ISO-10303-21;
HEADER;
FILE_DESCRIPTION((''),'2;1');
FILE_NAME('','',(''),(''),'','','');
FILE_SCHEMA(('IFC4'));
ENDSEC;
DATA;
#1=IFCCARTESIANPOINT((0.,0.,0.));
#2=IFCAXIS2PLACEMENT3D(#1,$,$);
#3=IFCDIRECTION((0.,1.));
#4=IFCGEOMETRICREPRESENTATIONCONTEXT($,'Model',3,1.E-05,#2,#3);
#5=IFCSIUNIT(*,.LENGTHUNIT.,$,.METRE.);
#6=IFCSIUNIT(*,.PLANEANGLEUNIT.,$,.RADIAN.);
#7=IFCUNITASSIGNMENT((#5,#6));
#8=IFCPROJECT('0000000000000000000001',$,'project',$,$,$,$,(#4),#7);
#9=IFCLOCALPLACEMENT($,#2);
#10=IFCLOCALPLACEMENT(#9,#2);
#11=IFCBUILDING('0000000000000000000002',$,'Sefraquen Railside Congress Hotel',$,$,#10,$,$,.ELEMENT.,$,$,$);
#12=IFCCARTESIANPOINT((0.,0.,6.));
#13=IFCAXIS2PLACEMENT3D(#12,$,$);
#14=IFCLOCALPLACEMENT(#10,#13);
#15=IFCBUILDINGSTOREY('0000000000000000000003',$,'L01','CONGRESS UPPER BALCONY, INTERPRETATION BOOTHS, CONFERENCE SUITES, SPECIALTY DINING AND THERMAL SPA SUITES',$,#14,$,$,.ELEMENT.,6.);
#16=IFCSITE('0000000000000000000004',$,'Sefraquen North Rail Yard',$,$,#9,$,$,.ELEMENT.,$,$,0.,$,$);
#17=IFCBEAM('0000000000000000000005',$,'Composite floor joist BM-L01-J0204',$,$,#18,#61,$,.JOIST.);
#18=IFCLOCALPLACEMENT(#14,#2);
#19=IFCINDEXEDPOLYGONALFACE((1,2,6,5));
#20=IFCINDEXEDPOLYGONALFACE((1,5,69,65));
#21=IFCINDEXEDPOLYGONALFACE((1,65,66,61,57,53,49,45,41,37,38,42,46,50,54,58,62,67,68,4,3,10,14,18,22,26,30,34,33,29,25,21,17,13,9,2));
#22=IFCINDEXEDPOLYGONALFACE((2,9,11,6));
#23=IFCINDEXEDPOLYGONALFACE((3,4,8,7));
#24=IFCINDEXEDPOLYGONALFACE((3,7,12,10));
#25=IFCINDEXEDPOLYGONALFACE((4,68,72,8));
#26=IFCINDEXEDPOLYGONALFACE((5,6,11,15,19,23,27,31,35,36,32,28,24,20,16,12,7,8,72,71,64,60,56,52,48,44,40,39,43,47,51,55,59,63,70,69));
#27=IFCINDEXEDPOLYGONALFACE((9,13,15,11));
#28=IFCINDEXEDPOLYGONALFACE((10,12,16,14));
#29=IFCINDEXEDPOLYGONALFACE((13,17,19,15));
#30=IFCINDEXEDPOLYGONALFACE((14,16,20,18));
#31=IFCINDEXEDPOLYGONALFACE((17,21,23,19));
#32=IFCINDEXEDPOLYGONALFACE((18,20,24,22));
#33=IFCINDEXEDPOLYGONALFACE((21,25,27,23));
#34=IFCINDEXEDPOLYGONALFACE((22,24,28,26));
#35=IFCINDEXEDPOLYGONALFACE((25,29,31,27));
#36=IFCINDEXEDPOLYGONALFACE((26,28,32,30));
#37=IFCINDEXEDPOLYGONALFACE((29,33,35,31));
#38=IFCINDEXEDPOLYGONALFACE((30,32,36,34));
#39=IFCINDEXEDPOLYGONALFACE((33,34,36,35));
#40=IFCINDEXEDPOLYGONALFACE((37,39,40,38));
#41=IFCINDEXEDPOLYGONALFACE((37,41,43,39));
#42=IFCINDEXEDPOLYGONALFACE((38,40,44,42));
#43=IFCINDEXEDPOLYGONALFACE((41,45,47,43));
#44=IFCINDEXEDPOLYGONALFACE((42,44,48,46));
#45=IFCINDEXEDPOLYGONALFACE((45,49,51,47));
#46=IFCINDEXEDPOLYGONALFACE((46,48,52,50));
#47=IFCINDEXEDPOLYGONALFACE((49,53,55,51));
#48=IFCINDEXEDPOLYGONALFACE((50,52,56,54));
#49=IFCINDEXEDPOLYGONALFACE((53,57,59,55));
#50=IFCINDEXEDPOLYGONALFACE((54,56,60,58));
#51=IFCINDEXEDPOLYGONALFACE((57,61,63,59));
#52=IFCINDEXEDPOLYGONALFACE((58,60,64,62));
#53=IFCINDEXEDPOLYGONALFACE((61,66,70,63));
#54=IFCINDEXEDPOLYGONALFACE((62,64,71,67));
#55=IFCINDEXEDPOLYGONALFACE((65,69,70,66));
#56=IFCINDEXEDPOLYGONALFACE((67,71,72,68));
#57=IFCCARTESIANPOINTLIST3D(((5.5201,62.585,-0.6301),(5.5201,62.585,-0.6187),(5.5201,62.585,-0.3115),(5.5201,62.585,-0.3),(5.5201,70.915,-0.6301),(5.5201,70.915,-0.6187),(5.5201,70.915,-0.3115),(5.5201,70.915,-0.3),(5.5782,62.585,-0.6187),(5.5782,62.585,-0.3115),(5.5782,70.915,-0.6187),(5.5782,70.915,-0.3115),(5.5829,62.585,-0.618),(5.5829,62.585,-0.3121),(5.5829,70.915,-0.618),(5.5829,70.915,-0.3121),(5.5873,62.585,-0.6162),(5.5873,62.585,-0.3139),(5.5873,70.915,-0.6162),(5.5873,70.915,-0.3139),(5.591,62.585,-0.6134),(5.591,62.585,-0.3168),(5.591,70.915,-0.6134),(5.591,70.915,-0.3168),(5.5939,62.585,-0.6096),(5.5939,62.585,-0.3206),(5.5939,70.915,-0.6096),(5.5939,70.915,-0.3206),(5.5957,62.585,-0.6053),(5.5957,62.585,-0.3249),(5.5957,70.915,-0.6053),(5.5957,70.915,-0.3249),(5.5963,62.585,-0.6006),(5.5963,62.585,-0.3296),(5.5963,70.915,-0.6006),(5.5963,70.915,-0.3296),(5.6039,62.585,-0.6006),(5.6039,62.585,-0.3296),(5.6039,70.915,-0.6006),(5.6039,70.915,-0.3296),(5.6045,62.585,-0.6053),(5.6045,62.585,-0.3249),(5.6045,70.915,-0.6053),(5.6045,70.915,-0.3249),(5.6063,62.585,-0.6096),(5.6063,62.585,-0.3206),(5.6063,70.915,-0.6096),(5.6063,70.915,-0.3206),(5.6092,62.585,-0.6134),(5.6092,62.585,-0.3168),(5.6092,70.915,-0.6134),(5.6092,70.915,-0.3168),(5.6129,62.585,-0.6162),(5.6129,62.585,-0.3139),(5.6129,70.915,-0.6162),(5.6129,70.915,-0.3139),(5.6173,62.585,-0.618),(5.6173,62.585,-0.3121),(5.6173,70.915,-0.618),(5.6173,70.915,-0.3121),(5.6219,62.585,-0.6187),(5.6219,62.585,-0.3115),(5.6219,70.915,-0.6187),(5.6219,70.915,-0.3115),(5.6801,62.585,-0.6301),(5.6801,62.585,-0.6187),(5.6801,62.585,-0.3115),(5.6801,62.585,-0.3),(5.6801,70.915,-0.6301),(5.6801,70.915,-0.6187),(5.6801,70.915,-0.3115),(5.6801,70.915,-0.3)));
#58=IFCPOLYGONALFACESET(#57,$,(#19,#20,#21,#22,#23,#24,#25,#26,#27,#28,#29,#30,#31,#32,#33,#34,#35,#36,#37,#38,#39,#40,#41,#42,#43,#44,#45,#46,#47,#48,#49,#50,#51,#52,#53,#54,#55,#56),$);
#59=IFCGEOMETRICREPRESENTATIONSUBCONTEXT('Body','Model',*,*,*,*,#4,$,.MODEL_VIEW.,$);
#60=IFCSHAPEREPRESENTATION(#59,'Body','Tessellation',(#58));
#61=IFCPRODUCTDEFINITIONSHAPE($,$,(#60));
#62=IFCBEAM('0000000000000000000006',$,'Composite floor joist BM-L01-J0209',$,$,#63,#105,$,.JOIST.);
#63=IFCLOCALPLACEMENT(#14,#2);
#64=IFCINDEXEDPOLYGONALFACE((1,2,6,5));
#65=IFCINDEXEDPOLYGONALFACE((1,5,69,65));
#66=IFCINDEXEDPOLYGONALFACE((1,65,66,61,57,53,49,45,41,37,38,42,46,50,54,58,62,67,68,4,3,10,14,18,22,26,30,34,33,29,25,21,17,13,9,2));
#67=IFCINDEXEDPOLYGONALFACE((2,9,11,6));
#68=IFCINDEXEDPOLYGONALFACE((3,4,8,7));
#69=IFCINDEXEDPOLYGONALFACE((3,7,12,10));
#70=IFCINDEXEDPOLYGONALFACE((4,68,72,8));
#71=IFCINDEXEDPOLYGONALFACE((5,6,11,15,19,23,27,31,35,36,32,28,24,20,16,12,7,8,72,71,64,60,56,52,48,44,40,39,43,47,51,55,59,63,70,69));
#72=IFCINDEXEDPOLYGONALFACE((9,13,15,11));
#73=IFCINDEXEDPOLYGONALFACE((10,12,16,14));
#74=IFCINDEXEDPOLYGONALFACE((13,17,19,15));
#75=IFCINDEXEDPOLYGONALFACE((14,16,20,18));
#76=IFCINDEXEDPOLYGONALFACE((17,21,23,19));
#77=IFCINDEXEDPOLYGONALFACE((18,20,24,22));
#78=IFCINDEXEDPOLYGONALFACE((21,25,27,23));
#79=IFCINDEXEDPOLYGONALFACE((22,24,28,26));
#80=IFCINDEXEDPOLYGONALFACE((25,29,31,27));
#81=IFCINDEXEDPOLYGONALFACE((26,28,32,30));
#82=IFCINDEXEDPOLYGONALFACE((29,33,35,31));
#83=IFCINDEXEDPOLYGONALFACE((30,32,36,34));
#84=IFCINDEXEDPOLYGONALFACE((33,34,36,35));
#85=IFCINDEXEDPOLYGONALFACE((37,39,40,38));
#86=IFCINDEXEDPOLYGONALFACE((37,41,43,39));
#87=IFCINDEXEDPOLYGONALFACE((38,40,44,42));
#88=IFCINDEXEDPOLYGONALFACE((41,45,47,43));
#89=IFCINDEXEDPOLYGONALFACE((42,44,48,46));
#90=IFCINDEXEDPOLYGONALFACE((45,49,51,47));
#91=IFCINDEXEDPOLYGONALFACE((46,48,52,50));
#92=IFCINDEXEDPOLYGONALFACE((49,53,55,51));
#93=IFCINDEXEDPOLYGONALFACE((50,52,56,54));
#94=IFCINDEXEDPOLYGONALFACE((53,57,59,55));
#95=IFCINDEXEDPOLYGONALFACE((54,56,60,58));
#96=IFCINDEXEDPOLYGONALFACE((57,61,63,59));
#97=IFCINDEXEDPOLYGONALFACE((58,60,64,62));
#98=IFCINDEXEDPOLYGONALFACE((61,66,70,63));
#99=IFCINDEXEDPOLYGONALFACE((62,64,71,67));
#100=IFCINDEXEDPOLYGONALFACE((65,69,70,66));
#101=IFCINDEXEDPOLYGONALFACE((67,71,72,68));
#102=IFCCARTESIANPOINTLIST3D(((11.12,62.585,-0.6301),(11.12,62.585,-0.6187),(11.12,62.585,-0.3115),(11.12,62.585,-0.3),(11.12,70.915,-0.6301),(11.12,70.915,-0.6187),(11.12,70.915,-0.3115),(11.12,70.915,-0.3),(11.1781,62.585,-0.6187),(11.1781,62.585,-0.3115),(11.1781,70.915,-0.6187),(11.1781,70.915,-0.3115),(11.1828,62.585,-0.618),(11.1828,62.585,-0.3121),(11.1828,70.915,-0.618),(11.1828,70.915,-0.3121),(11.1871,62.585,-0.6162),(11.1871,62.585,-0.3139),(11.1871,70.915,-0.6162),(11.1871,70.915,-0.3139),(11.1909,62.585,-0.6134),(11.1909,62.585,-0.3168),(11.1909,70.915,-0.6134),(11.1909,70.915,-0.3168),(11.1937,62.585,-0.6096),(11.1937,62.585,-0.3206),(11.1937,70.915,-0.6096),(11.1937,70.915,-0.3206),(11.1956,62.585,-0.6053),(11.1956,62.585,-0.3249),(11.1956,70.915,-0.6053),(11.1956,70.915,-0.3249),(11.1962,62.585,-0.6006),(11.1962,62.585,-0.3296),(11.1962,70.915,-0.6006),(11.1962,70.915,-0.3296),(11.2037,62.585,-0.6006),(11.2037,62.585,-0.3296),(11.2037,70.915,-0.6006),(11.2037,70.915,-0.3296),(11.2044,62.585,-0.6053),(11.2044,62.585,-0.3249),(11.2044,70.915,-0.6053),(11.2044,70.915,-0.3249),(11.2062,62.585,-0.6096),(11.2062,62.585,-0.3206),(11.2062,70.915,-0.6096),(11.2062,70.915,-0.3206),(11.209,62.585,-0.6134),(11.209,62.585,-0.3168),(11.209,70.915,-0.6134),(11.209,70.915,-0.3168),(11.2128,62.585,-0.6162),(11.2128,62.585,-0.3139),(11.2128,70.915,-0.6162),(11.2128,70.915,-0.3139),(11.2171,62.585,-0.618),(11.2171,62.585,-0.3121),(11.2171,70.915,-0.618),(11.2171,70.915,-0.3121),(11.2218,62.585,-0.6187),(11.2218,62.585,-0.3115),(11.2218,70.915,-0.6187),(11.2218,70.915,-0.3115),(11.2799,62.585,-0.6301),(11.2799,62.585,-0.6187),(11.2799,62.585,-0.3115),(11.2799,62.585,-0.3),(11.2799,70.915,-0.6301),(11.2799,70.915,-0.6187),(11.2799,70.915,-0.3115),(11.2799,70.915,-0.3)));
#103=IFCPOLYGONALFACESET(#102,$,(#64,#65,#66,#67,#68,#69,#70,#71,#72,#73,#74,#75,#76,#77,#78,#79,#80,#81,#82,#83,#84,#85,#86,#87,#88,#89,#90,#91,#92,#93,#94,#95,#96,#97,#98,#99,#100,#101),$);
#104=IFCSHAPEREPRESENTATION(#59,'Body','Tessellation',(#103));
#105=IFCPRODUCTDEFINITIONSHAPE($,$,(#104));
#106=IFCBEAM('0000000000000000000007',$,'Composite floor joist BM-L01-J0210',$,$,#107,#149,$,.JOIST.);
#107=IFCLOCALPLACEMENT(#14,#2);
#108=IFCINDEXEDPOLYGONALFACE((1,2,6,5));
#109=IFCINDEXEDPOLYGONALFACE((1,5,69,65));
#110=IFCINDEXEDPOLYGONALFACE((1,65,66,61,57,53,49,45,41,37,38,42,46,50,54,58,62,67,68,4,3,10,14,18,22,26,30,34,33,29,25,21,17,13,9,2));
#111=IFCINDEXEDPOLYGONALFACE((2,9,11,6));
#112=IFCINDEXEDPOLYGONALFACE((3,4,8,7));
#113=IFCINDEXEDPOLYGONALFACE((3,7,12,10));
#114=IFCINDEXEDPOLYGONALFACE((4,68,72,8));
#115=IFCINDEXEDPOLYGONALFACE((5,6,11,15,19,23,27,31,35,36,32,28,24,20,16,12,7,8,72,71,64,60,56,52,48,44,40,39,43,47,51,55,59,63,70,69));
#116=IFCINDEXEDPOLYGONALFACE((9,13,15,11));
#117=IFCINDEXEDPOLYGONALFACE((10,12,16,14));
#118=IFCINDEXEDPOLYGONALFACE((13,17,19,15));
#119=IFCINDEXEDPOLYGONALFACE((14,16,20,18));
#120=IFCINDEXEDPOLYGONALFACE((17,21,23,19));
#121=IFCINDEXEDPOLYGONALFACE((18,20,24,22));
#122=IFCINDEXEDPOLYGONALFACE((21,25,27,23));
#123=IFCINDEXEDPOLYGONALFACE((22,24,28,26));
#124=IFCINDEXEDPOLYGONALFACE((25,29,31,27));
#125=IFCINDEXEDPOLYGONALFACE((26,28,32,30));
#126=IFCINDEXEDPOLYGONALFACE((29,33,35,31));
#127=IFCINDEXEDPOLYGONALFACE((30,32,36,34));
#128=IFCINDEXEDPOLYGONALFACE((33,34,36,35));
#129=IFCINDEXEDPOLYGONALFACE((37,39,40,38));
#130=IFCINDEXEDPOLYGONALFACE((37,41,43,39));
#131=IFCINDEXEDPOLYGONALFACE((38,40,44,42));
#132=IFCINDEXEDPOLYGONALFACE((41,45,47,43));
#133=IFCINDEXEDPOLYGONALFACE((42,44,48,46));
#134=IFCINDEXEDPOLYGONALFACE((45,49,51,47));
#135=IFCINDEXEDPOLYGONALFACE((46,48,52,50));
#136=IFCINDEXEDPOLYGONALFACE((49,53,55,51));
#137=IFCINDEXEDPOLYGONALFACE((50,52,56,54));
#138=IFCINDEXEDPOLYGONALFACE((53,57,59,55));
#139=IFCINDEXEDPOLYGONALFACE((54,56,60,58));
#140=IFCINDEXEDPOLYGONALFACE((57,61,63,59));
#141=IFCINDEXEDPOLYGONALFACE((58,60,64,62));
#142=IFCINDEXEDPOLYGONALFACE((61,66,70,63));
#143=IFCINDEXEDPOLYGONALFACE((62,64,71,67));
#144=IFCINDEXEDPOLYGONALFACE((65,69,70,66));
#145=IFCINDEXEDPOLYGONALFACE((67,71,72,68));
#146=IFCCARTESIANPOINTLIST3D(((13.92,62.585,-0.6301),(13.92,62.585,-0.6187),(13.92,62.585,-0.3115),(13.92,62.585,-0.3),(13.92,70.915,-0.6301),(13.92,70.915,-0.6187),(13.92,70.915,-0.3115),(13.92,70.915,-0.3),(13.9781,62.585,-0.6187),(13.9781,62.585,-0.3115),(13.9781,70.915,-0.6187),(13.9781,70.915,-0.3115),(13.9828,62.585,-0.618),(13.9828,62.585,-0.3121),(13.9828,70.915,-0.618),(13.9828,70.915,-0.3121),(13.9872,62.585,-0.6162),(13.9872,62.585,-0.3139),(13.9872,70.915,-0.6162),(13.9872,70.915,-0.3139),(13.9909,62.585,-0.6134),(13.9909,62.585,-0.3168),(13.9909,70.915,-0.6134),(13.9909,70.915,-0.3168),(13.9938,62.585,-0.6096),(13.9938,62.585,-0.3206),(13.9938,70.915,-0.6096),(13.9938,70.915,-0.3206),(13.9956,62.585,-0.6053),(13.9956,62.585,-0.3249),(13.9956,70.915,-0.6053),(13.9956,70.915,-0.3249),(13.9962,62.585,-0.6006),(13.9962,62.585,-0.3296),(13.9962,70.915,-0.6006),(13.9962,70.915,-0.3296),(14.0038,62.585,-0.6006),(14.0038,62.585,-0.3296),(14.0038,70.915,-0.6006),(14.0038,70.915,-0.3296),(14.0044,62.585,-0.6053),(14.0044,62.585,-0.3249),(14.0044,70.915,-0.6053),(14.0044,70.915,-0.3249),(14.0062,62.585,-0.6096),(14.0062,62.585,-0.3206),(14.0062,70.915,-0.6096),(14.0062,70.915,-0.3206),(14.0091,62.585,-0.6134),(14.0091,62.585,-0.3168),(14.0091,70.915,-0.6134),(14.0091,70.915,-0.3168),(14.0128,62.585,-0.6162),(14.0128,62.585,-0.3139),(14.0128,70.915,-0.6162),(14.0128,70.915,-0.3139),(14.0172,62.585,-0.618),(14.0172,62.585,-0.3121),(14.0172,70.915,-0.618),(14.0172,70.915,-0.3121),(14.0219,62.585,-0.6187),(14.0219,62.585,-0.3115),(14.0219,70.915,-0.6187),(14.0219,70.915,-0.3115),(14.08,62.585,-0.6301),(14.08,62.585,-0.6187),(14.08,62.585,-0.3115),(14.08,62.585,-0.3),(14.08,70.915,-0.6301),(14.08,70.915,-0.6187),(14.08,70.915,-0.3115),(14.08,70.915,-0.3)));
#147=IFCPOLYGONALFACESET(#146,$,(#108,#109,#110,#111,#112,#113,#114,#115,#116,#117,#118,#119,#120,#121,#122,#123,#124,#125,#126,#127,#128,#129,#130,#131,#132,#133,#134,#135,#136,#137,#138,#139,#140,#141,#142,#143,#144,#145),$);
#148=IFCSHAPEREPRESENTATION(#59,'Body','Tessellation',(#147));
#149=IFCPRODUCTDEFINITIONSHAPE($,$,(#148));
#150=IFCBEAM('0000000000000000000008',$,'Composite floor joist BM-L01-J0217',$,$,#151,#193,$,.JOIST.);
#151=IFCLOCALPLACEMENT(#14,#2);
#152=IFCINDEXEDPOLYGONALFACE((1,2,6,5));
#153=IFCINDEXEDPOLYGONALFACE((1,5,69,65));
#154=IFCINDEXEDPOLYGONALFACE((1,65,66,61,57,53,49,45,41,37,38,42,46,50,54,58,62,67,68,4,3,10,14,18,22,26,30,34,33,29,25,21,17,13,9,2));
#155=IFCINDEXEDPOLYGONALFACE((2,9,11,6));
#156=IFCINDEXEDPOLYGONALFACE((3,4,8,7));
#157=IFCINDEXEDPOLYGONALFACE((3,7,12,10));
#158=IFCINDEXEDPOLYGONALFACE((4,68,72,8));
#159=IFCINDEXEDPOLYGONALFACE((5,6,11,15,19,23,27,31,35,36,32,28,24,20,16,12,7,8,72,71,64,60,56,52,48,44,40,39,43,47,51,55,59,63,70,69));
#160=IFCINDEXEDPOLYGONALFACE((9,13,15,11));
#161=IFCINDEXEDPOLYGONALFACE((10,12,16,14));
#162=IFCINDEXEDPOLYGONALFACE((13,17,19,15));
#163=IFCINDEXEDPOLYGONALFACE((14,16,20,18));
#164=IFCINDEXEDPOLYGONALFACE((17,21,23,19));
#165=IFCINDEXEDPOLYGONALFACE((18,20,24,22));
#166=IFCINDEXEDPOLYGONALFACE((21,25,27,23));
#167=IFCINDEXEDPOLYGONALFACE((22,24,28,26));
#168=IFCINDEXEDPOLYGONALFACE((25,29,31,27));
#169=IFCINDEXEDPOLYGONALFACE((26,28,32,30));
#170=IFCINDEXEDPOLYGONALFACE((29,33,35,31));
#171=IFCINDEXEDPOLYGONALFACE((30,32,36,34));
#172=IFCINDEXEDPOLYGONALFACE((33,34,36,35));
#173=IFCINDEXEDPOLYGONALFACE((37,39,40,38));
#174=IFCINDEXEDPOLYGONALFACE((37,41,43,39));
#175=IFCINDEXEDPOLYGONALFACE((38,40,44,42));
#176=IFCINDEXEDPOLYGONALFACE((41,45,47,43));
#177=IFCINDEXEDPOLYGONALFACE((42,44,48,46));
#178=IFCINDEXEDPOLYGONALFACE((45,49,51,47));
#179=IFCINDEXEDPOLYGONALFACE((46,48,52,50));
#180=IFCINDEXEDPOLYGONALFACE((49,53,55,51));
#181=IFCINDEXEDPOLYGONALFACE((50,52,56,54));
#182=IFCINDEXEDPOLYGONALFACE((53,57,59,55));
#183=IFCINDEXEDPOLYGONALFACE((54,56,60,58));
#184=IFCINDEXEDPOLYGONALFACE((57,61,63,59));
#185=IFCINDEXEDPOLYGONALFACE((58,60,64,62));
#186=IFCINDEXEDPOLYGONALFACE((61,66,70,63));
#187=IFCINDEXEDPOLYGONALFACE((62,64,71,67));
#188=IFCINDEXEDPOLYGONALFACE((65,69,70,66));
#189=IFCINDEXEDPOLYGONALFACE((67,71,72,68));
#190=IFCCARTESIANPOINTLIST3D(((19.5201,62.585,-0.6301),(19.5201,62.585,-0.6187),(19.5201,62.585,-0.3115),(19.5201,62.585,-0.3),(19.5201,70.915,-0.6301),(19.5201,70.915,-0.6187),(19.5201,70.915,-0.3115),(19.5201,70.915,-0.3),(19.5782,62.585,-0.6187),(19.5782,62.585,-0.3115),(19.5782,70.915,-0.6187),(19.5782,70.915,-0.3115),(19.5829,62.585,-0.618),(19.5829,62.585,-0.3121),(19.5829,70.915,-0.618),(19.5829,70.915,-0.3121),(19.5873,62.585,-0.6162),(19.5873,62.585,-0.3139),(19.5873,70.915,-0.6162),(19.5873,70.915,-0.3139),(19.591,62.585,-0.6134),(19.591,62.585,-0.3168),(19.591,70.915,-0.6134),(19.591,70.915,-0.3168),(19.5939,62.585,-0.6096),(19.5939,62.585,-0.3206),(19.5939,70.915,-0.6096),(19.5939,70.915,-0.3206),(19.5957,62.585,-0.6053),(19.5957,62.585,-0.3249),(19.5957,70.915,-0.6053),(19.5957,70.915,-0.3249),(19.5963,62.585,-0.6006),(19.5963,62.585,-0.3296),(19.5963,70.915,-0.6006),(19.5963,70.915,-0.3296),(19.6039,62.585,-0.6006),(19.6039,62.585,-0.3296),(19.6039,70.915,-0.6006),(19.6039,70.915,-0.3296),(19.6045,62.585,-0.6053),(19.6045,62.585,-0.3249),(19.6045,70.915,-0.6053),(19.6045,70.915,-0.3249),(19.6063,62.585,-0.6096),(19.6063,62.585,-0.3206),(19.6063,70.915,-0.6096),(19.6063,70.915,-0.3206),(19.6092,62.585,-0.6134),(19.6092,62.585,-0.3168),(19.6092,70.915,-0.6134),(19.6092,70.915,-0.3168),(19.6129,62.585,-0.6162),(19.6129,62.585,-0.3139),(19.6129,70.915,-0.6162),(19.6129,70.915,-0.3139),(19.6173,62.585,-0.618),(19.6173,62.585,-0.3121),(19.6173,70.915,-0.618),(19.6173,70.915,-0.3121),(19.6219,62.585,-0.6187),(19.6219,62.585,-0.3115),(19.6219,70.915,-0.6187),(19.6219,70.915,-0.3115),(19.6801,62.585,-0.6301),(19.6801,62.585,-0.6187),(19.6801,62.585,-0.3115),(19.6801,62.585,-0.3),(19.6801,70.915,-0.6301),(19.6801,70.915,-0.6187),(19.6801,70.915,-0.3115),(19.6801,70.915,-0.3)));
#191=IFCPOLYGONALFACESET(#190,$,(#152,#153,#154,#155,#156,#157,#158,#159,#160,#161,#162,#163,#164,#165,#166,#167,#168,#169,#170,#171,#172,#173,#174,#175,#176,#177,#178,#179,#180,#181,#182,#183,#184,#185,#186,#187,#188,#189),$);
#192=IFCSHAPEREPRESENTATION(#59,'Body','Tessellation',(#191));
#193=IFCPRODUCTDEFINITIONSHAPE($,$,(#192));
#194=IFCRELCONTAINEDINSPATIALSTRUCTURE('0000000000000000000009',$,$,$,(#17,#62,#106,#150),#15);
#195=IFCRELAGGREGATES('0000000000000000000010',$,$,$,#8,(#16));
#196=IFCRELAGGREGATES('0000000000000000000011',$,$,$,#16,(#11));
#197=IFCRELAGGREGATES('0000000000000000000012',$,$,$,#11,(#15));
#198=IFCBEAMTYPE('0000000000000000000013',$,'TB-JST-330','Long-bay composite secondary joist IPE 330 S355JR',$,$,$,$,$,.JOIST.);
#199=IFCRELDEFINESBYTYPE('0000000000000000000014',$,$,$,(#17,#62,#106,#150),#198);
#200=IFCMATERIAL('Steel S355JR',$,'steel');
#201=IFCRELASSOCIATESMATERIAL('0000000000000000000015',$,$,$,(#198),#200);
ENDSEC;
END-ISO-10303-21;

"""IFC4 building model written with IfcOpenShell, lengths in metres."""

from ifc_helpers import new_model, si_unit, direction, frame, origin, origin_2d, place, context, subcontext, project, spatial, i_section, extrude, material, material_profile, profile_set, type_object, element, save


model = new_model("IFC4")

# Units and contexts
model_context = context("Model", 3, precision=1e-05, world=origin(), true_north=direction((0.0, 1.0)))
body_context = subcontext(model_context, "Body", "Model", "MODEL_VIEW")
ifc_project = project(units=[si_unit("LENGTHUNIT", "METRE"), si_unit("PLANEANGLEUNIT", "RADIAN")], contexts=[model_context])

# Site, building, storey
site_placement = place(None, origin())
site = spatial("IfcSite", under=ifc_project, at=site_placement, Name="Sefraquen North Rail Yard", CompositionType="ELEMENT", RefElevation=0.0)
building_placement = place(site_placement, origin())
building = spatial("IfcBuilding", under=site, at=building_placement, Name="Sefraquen Railside Congress Hotel", CompositionType="ELEMENT")
storey_placement = place(building_placement, frame((0.0, 0.0, 6.0)))
storey = spatial("IfcBuildingStorey", under=building, at=storey_placement, Name="L01", Description="CONGRESS UPPER BALCONY, INTERPRETATION BOOTHS, CONFERENCE SUITES, SPECIALTY DINING AND THERMAL SPA SUITES", CompositionType="ELEMENT", Elevation=6.0)

# Shared definitions
ifc_material_1 = material(Name="Steel S355JR", Category="steel")

# Beams
ifc_material_profile_1 = material_profile(ifc_material_1, i_section(OverallWidth=0.1599, OverallDepth=0.3301, WebThickness=0.0076, FlangeThickness=0.0115, FilletRadius=0.0181, at=origin_2d()), Name="IPE 330")
ifc_profile_set_1 = profile_set([ifc_material_profile_1], Name="Steel S355JR")
beam_type_1 = type_object("IfcBeamType", Name="TB-JST-330", Description="Long-bay composite secondary joist IPE 330 S355JR", PredefinedType="JOIST", material=ifc_profile_set_1)
for number, where, z_axis, x_axis, name in (
    (1, (5.6001, 62.585, -0.4651), (0.0, 1.0, 0.0), (-1.0, 0.0, 0.0), "Composite floor joist BM-L01-J0204"),
    (2, (11.2, 62.585, -0.4651), (0.0, 1.0, 0.0), (-1.0, 0.0, 0.0), "Composite floor joist BM-L01-J0209"),
    (3, (14.0, 62.585, -0.4651), (0.0, 1.0, 0.0), (-1.0, 0.0, 0.0), "Composite floor joist BM-L01-J0210"),
    (4, (19.6001, 62.585, -0.4651), (0.0, 1.0, 0.0), (-1.0, 0.0, 0.0), "Composite floor joist BM-L01-J0217"),
):
    element("IfcBeam", number, at=place(storey_placement, frame(where, z_axis=z_axis, x_axis=x_axis)), inside=storey, type_object=beam_type_1, Name=name, PredefinedType="JOIST", context=body_context, shape_type="SweptSolid", body=[
        extrude(i_section(OverallWidth=0.1599, OverallDepth=0.3301, WebThickness=0.0076, FlangeThickness=0.0115, FilletRadius=0.0181, at=origin_2d()), origin(), (0.0, 0.0, 1.0), 8.3301),
    ])

save(model, "model.ifc")
